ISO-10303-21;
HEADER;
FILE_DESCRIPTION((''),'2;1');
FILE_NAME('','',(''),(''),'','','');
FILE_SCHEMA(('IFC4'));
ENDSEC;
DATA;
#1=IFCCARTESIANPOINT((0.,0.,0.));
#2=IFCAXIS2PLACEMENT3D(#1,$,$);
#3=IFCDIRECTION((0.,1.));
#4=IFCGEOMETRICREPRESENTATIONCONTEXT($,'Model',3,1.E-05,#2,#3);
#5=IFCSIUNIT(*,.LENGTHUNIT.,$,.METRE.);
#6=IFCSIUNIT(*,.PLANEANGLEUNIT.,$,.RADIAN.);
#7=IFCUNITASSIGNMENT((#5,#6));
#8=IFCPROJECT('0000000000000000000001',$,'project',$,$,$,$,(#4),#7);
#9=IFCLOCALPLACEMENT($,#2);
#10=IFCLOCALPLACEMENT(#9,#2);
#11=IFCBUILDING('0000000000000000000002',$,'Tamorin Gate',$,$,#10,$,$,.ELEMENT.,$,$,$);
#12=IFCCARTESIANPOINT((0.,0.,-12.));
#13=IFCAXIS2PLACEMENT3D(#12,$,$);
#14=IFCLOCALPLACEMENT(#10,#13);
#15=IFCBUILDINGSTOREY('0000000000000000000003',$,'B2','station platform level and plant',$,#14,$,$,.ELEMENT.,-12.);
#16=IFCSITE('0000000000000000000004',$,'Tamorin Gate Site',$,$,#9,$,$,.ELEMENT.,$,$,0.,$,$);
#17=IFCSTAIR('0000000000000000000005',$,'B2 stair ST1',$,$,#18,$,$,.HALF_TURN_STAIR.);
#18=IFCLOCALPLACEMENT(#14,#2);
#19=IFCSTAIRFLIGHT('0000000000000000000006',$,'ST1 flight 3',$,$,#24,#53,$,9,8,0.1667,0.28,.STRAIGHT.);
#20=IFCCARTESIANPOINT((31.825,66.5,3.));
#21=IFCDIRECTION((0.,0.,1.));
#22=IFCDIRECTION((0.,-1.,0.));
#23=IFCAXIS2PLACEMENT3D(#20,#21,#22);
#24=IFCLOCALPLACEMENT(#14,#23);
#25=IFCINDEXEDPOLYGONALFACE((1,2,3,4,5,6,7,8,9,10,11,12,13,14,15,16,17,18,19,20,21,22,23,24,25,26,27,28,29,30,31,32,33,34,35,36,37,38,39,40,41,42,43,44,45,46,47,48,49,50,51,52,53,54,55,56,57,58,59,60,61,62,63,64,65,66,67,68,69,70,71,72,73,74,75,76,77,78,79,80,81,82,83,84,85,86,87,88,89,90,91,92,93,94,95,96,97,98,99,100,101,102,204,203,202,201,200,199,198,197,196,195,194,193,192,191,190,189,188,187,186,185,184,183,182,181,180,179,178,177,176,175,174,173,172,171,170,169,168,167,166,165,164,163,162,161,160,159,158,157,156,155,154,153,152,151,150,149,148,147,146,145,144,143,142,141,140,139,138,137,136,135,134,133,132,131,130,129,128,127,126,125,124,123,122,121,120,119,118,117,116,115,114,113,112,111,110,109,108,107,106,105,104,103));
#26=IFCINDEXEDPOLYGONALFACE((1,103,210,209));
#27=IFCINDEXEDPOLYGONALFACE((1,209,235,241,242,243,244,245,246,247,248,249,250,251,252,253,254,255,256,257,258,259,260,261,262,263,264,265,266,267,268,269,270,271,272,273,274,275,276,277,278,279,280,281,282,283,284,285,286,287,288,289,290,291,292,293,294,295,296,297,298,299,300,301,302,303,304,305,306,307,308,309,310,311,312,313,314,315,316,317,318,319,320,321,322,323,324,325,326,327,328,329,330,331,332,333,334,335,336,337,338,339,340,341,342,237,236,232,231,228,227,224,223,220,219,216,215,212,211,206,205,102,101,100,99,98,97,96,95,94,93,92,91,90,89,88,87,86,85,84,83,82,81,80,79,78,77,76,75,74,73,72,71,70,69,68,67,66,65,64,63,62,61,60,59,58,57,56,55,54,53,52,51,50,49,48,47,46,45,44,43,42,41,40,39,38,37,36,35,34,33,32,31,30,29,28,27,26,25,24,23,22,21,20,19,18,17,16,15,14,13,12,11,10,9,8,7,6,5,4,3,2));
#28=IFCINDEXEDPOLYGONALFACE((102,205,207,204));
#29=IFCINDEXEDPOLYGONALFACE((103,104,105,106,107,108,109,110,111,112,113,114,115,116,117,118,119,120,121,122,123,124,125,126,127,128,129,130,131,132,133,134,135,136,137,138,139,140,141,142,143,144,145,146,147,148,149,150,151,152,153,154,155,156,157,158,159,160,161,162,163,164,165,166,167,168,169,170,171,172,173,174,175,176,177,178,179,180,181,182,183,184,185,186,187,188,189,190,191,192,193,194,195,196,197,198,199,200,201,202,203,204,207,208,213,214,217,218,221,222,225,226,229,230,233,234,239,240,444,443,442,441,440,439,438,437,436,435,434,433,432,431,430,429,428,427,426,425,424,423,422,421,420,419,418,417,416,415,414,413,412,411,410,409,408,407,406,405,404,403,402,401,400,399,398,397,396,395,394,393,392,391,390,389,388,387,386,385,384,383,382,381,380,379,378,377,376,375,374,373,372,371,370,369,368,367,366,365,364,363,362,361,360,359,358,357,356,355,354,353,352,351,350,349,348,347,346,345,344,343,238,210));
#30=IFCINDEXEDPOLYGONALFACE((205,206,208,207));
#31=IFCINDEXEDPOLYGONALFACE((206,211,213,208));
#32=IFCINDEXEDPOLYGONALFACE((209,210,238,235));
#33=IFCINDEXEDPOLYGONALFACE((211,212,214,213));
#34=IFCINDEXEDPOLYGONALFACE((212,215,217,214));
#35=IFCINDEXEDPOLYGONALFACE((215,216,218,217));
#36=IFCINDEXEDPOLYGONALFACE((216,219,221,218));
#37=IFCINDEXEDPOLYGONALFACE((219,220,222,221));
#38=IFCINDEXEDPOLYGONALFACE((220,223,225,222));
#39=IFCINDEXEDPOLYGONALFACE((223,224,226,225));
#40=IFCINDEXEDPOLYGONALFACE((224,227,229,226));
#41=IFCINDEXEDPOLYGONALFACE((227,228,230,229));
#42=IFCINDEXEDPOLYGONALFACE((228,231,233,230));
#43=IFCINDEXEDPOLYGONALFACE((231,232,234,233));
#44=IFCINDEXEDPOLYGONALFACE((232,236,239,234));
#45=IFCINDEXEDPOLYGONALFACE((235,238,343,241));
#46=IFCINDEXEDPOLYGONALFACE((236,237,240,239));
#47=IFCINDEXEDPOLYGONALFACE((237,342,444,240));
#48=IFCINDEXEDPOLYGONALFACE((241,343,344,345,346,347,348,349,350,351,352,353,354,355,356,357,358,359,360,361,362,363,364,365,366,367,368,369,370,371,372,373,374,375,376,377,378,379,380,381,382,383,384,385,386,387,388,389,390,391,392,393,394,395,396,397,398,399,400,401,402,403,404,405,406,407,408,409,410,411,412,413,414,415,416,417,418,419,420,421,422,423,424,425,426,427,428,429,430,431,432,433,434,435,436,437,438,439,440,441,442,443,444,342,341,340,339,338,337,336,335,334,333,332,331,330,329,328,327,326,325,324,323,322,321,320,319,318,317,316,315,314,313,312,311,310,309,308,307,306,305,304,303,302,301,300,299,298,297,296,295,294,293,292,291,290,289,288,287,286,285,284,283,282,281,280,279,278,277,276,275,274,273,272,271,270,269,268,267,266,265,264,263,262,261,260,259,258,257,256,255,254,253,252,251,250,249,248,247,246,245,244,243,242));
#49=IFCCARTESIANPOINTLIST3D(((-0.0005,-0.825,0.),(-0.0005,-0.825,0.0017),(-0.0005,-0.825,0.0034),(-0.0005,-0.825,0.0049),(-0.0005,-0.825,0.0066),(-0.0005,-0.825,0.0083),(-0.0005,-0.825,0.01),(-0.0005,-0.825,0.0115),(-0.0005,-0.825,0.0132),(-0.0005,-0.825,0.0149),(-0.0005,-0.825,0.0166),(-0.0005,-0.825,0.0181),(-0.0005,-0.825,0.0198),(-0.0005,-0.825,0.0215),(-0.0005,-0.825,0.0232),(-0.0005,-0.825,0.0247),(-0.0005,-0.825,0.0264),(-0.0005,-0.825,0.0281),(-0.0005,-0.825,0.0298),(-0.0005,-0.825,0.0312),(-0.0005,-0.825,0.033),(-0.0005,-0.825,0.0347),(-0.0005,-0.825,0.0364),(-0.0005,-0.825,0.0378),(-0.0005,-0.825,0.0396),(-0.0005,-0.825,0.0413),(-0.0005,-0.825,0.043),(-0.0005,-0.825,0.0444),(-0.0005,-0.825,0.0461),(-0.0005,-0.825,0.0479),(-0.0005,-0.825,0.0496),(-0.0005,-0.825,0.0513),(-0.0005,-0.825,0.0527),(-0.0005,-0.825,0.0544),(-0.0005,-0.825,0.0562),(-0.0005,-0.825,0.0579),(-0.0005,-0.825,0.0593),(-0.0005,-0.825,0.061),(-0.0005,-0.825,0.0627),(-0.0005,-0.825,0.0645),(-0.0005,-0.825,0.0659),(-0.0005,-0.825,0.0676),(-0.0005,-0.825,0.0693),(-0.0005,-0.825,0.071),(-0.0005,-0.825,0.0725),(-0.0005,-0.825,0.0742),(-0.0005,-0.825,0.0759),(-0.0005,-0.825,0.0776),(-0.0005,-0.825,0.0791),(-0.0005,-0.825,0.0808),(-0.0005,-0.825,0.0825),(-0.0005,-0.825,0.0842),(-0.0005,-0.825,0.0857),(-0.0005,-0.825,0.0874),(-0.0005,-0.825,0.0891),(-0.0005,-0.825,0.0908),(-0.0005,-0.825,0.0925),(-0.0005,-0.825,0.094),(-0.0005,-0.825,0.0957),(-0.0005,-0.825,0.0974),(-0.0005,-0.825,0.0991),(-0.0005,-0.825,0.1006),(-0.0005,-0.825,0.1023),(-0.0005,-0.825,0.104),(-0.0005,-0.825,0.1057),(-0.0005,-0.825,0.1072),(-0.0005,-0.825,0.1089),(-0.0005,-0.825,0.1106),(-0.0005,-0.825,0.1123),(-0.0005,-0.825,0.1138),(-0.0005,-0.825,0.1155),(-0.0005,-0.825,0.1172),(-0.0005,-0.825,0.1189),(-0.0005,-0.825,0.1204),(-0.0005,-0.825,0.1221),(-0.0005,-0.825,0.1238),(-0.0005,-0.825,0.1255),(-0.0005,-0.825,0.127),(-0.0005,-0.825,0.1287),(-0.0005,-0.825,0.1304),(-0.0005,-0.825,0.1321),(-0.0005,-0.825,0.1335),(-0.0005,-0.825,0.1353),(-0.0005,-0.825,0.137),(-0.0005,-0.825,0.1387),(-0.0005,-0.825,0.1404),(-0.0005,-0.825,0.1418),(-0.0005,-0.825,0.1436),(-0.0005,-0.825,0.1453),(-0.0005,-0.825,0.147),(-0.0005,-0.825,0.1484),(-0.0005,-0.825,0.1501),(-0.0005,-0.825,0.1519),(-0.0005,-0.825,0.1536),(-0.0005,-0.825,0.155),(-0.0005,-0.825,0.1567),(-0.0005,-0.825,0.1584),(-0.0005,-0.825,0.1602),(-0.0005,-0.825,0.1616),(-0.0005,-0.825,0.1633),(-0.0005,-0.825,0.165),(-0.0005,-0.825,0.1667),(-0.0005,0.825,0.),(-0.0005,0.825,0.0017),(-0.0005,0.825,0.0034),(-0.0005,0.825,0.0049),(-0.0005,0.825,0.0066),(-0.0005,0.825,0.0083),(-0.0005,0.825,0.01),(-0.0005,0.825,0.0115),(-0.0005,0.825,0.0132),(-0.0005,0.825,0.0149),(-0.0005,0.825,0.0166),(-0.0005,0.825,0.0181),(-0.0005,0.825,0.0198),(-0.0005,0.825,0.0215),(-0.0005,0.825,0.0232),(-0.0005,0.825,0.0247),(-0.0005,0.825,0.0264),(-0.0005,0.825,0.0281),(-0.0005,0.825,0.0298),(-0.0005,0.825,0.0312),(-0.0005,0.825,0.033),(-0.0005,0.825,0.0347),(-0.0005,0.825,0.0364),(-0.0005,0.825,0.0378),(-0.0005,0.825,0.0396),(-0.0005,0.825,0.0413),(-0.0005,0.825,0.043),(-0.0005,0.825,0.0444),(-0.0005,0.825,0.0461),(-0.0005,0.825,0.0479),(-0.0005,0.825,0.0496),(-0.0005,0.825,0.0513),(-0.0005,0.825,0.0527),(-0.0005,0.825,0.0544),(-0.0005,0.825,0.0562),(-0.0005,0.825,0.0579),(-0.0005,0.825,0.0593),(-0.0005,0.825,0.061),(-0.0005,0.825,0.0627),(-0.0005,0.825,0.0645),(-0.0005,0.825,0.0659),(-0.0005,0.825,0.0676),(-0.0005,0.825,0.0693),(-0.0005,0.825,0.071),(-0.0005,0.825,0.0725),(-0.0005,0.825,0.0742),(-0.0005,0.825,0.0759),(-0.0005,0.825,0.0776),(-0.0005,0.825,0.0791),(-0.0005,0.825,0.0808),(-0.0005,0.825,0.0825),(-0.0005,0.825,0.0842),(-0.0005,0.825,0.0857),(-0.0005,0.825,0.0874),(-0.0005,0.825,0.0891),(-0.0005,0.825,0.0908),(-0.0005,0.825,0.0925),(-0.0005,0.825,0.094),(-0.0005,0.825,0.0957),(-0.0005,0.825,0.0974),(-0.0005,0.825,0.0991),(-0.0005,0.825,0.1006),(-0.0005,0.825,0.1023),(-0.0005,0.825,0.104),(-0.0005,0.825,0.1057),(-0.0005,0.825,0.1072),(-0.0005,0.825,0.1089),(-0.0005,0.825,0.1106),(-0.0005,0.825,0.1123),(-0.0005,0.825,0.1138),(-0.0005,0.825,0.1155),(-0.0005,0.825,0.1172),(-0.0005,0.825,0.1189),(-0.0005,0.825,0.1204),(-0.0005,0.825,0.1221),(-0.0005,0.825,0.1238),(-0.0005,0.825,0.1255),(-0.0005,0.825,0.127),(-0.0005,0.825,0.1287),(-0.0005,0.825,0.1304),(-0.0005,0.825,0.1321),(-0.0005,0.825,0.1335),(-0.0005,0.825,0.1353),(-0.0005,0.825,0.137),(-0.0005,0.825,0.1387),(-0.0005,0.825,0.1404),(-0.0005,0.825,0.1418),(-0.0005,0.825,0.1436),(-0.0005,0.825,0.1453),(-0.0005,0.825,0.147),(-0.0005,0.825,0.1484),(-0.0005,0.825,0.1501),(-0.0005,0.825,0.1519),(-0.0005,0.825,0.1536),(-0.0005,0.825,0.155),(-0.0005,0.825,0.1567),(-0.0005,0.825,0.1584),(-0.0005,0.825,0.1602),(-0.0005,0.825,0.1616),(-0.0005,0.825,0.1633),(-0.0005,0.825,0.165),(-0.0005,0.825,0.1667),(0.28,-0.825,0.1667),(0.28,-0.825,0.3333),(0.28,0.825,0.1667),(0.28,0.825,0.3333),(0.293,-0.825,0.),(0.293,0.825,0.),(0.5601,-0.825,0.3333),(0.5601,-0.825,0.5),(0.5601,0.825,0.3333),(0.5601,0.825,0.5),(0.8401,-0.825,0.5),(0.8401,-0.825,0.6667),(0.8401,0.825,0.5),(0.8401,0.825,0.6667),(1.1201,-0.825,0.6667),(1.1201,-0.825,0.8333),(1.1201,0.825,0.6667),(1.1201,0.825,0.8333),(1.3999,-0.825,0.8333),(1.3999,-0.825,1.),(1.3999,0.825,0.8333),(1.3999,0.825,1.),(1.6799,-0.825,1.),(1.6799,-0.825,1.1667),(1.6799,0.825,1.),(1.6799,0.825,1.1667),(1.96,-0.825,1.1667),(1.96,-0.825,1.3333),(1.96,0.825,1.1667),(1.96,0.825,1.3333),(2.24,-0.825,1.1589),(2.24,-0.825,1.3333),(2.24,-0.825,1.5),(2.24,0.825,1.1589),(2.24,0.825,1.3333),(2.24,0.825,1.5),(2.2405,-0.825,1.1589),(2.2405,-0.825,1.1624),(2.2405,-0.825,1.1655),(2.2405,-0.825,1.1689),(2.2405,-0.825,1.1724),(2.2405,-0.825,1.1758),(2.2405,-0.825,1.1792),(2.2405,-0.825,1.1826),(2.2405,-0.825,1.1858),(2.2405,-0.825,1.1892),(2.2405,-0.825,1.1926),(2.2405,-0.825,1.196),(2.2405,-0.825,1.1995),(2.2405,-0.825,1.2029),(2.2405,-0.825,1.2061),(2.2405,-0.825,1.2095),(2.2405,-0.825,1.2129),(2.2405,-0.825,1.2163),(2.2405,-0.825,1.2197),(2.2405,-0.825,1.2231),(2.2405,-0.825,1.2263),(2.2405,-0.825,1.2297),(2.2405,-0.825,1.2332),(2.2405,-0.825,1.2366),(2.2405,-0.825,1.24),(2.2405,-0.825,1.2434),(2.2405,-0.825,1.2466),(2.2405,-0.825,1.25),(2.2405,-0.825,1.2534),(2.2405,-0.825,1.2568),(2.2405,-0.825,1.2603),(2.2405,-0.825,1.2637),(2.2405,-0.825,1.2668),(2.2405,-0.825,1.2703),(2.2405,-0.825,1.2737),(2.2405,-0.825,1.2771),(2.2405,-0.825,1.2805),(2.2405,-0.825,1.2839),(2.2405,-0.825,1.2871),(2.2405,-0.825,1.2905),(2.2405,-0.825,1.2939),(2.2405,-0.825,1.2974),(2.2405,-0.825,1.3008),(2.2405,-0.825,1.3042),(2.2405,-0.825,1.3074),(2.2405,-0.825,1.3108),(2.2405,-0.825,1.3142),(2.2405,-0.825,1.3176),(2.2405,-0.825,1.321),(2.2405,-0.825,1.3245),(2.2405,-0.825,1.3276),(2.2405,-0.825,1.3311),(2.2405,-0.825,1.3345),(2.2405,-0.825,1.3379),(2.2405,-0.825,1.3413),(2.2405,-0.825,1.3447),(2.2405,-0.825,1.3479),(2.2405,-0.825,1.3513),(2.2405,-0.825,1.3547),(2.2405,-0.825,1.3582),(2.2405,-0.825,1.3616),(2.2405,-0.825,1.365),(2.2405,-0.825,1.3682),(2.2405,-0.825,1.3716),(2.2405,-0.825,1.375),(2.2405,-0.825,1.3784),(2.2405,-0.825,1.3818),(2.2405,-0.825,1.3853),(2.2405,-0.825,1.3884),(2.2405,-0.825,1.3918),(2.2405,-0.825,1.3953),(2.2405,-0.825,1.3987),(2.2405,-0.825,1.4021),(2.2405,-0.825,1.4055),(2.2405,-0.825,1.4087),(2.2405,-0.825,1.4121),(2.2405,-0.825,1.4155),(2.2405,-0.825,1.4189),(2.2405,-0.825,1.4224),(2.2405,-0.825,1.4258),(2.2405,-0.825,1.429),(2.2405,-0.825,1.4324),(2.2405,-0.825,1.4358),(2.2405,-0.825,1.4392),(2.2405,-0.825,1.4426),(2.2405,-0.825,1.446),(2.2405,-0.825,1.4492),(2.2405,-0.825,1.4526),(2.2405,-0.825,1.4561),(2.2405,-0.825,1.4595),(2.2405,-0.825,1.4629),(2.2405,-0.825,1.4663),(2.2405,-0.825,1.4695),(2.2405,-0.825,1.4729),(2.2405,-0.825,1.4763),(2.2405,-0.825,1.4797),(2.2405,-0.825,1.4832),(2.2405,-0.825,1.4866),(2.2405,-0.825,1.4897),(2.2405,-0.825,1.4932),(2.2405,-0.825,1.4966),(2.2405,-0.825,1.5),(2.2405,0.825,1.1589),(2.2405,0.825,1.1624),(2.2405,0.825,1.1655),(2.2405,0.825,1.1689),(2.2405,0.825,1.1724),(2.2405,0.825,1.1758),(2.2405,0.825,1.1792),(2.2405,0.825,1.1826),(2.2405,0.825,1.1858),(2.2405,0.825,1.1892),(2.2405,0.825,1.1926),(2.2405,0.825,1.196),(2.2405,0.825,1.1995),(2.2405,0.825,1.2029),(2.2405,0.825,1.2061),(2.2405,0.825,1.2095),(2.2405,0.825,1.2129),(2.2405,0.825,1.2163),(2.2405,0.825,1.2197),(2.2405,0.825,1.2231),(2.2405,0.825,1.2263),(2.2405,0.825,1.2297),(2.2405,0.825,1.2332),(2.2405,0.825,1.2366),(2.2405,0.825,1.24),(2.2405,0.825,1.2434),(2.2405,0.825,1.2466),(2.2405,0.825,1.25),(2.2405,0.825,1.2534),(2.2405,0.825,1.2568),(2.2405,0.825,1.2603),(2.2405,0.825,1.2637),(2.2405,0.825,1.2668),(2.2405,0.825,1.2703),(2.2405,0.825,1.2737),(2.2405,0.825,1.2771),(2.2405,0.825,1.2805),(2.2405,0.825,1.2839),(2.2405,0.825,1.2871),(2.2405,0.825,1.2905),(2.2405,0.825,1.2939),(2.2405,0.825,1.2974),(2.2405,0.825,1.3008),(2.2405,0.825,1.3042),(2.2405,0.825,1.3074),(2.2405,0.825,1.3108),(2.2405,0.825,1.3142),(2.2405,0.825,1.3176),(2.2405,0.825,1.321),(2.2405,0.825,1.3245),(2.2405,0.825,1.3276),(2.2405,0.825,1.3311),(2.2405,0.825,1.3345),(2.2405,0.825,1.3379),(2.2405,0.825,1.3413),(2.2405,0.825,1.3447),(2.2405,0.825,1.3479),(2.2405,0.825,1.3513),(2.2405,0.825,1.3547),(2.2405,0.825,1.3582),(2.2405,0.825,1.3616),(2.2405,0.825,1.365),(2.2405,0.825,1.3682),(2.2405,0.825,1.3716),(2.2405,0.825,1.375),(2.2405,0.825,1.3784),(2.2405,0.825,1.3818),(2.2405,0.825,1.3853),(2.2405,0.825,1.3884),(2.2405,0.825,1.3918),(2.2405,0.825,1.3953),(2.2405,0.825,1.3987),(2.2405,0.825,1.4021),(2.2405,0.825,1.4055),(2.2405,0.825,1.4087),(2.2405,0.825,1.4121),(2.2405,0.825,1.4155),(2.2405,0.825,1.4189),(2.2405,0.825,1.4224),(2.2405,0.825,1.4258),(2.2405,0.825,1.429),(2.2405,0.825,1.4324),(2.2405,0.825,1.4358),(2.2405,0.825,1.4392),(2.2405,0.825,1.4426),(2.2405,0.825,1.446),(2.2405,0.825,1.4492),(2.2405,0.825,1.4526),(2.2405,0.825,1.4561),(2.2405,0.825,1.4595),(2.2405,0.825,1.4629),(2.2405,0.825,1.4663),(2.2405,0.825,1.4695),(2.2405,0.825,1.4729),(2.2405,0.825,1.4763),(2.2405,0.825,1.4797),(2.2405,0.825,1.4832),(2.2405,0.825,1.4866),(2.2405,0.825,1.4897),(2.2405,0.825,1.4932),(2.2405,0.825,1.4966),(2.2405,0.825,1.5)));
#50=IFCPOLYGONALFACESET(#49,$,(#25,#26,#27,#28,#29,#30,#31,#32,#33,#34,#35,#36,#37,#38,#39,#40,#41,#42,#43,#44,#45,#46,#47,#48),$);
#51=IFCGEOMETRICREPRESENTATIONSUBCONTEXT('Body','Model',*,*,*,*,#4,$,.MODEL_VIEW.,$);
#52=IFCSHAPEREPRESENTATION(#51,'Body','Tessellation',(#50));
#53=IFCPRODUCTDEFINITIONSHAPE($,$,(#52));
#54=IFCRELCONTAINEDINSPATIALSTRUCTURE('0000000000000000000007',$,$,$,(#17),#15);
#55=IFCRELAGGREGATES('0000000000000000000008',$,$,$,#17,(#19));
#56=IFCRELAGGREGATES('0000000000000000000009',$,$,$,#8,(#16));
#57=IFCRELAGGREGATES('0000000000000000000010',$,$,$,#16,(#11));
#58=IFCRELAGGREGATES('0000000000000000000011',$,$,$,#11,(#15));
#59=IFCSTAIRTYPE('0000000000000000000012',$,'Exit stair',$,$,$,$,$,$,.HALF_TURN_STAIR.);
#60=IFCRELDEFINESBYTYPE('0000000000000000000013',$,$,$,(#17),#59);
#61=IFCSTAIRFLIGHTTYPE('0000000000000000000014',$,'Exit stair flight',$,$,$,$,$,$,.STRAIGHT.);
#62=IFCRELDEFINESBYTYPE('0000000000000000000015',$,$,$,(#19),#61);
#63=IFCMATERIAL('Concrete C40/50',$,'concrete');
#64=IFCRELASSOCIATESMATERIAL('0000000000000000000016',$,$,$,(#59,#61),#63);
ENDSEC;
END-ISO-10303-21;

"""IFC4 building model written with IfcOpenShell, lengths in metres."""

from ifc_helpers import new_model, si_unit, direction, frame, origin, place, context, subcontext, project, spatial, polyline, outline, extrude, material, type_object, element, aggregate, save


model = new_model("IFC4")

# Units and contexts
model_context = context("Model", 3, precision=1e-05, world=origin(), true_north=direction((0.0, 1.0)))
body_context = subcontext(model_context, "Body", "Model", "MODEL_VIEW")
ifc_project = project(units=[si_unit("LENGTHUNIT", "METRE"), si_unit("PLANEANGLEUNIT", "RADIAN")], contexts=[model_context])

# Site, building, storey
site_placement = place(None, origin())
site = spatial("IfcSite", under=ifc_project, at=site_placement, Name="Tamorin Gate Site", CompositionType="ELEMENT", RefElevation=0.0)
building_placement = place(site_placement, origin())
building = spatial("IfcBuilding", under=site, at=building_placement, Name="Tamorin Gate", CompositionType="ELEMENT")
storey_placement = place(building_placement, frame((0.0, 0.0, -12.0)))
storey = spatial("IfcBuildingStorey", under=building, at=storey_placement, Name="B2", Description="station platform level and plant", CompositionType="ELEMENT", Elevation=-12.0)

# Shared definitions
ifc_material_1 = material(Name="Concrete C40/50", Category="concrete")

# Stair, stair flight
stair_type = type_object("IfcStairType", Name="Exit stair", PredefinedType="HALF_TURN_STAIR", material=ifc_material_1)
stair_placement = place(storey_placement, origin())
stair = element("IfcStair", 1, at=stair_placement, inside=storey, type_object=stair_type, Name="B2 stair ST1", PredefinedType="HALF_TURN_STAIR")
stair_flight_type = type_object("IfcStairFlightType", Name="Exit stair flight", PredefinedType="STRAIGHT", material=ifc_material_1)
stair_flight_1_placement = place(storey_placement, frame((31.825, 66.5, 3.0), z_axis=(0.0, 0.0, 1.0), x_axis=(0.0, -1.0, 0.0)))
stair_flight_1 = element("IfcStairFlight", 2, at=stair_flight_1_placement, type_object=stair_flight_type, Name="ST1 flight 3", NumberOfRisers=9, NumberOfTreads=8, PredefinedType="STRAIGHT", RiserHeight=0.1667, TreadLength=0.28, context=body_context, shape_type="SweptSolid", body=[
    extrude(outline(polyline([(-0.0005, 0.0), (-0.0005, 0.0017), (-0.0005, 0.0034), (-0.0005, 0.0049), (-0.0005, 0.0066), (-0.0005, 0.0083), (-0.0005, 0.01), (-0.0005, 0.0115), (-0.0005, 0.0132), (-0.0005, 0.0149), (-0.0005, 0.0166), (-0.0005, 0.0181), (-0.0005, 0.0198), (-0.0005, 0.0215), (-0.0005, 0.0232), (-0.0005, 0.0247), (-0.0005, 0.0264), (-0.0005, 0.0281), (-0.0005, 0.0298), (-0.0005, 0.0312), (-0.0005, 0.033), (-0.0005, 0.0347), (-0.0005, 0.0364), (-0.0005, 0.0378), (-0.0005, 0.0396), (-0.0005, 0.0413), (-0.0005, 0.043), (-0.0005, 0.0444), (-0.0005, 0.0461), (-0.0005, 0.0479), (-0.0005, 0.0496), (-0.0005, 0.0513), (-0.0005, 0.0527), (-0.0005, 0.0544), (-0.0005, 0.0562), (-0.0005, 0.0579), (-0.0005, 0.0593), (-0.0005, 0.061), (-0.0005, 0.0627), (-0.0005, 0.0645), (-0.0005, 0.0659), (-0.0005, 0.0676), (-0.0005, 0.0693), (-0.0005, 0.071), (-0.0005, 0.0725), (-0.0005, 0.0742), (-0.0005, 0.0759), (-0.0005, 0.0776), (-0.0005, 0.0791), (-0.0005, 0.0808), (-0.0005, 0.0825), (-0.0005, 0.0842), (-0.0005, 0.0857), (-0.0005, 0.0874), (-0.0005, 0.0891), (-0.0005, 0.0908), (-0.0005, 0.0925), (-0.0005, 0.094), (-0.0005, 0.0957), (-0.0005, 0.0974), (-0.0005, 0.0991), (-0.0005, 0.1006), (-0.0005, 0.1023), (-0.0005, 0.104), (-0.0005, 0.1057), (-0.0005, 0.1072), (-0.0005, 0.1089), (-0.0005, 0.1106), (-0.0005, 0.1123), (-0.0005, 0.1138), (-0.0005, 0.1155), (-0.0005, 0.1172), (-0.0005, 0.1189), (-0.0005, 0.1204), (-0.0005, 0.1221), (-0.0005, 0.1238), (-0.0005, 0.1255), (-0.0005, 0.127), (-0.0005, 0.1287), (-0.0005, 0.1304), (-0.0005, 0.1321), (-0.0005, 0.1335), (-0.0005, 0.1353), (-0.0005, 0.137), (-0.0005, 0.1387), (-0.0005, 0.1404), (-0.0005, 0.1418), (-0.0005, 0.1436), (-0.0005, 0.1453), (-0.0005, 0.147), (-0.0005, 0.1484), (-0.0005, 0.1501), (-0.0005, 0.1519), (-0.0005, 0.1536), (-0.0005, 0.155), (-0.0005, 0.1567), (-0.0005, 0.1584), (-0.0005, 0.1602), (-0.0005, 0.1616), (-0.0005, 0.1633), (-0.0005, 0.165), (-0.0005, 0.1667), (0.28, 0.1667), (0.28, 0.3333), (0.5601, 0.3333), (0.5601, 0.5), (0.8401, 0.5), (0.8401, 0.6667), (1.1201, 0.6667), (1.1201, 0.8333), (1.3999, 0.8333), (1.3999, 1.0), (1.6799, 1.0), (1.6799, 1.1667), (1.96, 1.1667), (1.96, 1.3333), (2.24, 1.3333), (2.24, 1.5), (2.2405, 1.5), (2.2405, 1.4966), (2.2405, 1.4932), (2.2405, 1.4897), (2.2405, 1.4866), (2.2405, 1.4832), (2.2405, 1.4797), (2.2405, 1.4763), (2.2405, 1.4729), (2.2405, 1.4695), (2.2405, 1.4663), (2.2405, 1.4629), (2.2405, 1.4595), (2.2405, 1.4561), (2.2405, 1.4526), (2.2405, 1.4492), (2.2405, 1.446), (2.2405, 1.4426), (2.2405, 1.4392), (2.2405, 1.4358), (2.2405, 1.4324), (2.2405, 1.429), (2.2405, 1.4258), (2.2405, 1.4224), (2.2405, 1.4189), (2.2405, 1.4155), (2.2405, 1.4121), (2.2405, 1.4087), (2.2405, 1.4055), (2.2405, 1.4021), (2.2405, 1.3987), (2.2405, 1.3953), (2.2405, 1.3918), (2.2405, 1.3884), (2.2405, 1.3853), (2.2405, 1.3818), (2.2405, 1.3784), (2.2405, 1.375), (2.2405, 1.3716), (2.2405, 1.3682), (2.2405, 1.365), (2.2405, 1.3616), (2.2405, 1.3582), (2.2405, 1.3547), (2.2405, 1.3513), (2.2405, 1.3479), (2.2405, 1.3447), (2.2405, 1.3413), (2.2405, 1.3379), (2.2405, 1.3345), (2.2405, 1.3311), (2.2405, 1.3276), (2.2405, 1.3245), (2.2405, 1.321), (2.2405, 1.3176), (2.2405, 1.3142), (2.2405, 1.3108), (2.2405, 1.3074), (2.2405, 1.3042), (2.2405, 1.3008), (2.2405, 1.2974), (2.2405, 1.2939), (2.2405, 1.2905), (2.2405, 1.2871), (2.2405, 1.2839), (2.2405, 1.2805), (2.2405, 1.2771), (2.2405, 1.2737), (2.2405, 1.2703), (2.2405, 1.2668), (2.2405, 1.2637), (2.2405, 1.2603), (2.2405, 1.2568), (2.2405, 1.2534), (2.2405, 1.25), (2.2405, 1.2466), (2.2405, 1.2434), (2.2405, 1.24), (2.2405, 1.2366), (2.2405, 1.2332), (2.2405, 1.2297), (2.2405, 1.2263), (2.2405, 1.2231), (2.2405, 1.2197), (2.2405, 1.2163), (2.2405, 1.2129), (2.2405, 1.2095), (2.2405, 1.2061), (2.2405, 1.2029), (2.2405, 1.1995), (2.2405, 1.196), (2.2405, 1.1926), (2.2405, 1.1892), (2.2405, 1.1858), (2.2405, 1.1826), (2.2405, 1.1792), (2.2405, 1.1758), (2.2405, 1.1724), (2.2405, 1.1689), (2.2405, 1.1655), (2.2405, 1.1624), (2.2405, 1.1589), (2.24, 1.1589), (0.293, 0.0), (-0.0005, 0.0)])), frame((0.0, 0.825, 0.0), z_axis=(0.0, -1.0, 0.0), x_axis=(1.0, 0.0, 0.0)), (0.0, 0.0, 1.0), 1.6499),
])
aggregate(stair, [stair_flight_1])

save(model, "model.ifc")
